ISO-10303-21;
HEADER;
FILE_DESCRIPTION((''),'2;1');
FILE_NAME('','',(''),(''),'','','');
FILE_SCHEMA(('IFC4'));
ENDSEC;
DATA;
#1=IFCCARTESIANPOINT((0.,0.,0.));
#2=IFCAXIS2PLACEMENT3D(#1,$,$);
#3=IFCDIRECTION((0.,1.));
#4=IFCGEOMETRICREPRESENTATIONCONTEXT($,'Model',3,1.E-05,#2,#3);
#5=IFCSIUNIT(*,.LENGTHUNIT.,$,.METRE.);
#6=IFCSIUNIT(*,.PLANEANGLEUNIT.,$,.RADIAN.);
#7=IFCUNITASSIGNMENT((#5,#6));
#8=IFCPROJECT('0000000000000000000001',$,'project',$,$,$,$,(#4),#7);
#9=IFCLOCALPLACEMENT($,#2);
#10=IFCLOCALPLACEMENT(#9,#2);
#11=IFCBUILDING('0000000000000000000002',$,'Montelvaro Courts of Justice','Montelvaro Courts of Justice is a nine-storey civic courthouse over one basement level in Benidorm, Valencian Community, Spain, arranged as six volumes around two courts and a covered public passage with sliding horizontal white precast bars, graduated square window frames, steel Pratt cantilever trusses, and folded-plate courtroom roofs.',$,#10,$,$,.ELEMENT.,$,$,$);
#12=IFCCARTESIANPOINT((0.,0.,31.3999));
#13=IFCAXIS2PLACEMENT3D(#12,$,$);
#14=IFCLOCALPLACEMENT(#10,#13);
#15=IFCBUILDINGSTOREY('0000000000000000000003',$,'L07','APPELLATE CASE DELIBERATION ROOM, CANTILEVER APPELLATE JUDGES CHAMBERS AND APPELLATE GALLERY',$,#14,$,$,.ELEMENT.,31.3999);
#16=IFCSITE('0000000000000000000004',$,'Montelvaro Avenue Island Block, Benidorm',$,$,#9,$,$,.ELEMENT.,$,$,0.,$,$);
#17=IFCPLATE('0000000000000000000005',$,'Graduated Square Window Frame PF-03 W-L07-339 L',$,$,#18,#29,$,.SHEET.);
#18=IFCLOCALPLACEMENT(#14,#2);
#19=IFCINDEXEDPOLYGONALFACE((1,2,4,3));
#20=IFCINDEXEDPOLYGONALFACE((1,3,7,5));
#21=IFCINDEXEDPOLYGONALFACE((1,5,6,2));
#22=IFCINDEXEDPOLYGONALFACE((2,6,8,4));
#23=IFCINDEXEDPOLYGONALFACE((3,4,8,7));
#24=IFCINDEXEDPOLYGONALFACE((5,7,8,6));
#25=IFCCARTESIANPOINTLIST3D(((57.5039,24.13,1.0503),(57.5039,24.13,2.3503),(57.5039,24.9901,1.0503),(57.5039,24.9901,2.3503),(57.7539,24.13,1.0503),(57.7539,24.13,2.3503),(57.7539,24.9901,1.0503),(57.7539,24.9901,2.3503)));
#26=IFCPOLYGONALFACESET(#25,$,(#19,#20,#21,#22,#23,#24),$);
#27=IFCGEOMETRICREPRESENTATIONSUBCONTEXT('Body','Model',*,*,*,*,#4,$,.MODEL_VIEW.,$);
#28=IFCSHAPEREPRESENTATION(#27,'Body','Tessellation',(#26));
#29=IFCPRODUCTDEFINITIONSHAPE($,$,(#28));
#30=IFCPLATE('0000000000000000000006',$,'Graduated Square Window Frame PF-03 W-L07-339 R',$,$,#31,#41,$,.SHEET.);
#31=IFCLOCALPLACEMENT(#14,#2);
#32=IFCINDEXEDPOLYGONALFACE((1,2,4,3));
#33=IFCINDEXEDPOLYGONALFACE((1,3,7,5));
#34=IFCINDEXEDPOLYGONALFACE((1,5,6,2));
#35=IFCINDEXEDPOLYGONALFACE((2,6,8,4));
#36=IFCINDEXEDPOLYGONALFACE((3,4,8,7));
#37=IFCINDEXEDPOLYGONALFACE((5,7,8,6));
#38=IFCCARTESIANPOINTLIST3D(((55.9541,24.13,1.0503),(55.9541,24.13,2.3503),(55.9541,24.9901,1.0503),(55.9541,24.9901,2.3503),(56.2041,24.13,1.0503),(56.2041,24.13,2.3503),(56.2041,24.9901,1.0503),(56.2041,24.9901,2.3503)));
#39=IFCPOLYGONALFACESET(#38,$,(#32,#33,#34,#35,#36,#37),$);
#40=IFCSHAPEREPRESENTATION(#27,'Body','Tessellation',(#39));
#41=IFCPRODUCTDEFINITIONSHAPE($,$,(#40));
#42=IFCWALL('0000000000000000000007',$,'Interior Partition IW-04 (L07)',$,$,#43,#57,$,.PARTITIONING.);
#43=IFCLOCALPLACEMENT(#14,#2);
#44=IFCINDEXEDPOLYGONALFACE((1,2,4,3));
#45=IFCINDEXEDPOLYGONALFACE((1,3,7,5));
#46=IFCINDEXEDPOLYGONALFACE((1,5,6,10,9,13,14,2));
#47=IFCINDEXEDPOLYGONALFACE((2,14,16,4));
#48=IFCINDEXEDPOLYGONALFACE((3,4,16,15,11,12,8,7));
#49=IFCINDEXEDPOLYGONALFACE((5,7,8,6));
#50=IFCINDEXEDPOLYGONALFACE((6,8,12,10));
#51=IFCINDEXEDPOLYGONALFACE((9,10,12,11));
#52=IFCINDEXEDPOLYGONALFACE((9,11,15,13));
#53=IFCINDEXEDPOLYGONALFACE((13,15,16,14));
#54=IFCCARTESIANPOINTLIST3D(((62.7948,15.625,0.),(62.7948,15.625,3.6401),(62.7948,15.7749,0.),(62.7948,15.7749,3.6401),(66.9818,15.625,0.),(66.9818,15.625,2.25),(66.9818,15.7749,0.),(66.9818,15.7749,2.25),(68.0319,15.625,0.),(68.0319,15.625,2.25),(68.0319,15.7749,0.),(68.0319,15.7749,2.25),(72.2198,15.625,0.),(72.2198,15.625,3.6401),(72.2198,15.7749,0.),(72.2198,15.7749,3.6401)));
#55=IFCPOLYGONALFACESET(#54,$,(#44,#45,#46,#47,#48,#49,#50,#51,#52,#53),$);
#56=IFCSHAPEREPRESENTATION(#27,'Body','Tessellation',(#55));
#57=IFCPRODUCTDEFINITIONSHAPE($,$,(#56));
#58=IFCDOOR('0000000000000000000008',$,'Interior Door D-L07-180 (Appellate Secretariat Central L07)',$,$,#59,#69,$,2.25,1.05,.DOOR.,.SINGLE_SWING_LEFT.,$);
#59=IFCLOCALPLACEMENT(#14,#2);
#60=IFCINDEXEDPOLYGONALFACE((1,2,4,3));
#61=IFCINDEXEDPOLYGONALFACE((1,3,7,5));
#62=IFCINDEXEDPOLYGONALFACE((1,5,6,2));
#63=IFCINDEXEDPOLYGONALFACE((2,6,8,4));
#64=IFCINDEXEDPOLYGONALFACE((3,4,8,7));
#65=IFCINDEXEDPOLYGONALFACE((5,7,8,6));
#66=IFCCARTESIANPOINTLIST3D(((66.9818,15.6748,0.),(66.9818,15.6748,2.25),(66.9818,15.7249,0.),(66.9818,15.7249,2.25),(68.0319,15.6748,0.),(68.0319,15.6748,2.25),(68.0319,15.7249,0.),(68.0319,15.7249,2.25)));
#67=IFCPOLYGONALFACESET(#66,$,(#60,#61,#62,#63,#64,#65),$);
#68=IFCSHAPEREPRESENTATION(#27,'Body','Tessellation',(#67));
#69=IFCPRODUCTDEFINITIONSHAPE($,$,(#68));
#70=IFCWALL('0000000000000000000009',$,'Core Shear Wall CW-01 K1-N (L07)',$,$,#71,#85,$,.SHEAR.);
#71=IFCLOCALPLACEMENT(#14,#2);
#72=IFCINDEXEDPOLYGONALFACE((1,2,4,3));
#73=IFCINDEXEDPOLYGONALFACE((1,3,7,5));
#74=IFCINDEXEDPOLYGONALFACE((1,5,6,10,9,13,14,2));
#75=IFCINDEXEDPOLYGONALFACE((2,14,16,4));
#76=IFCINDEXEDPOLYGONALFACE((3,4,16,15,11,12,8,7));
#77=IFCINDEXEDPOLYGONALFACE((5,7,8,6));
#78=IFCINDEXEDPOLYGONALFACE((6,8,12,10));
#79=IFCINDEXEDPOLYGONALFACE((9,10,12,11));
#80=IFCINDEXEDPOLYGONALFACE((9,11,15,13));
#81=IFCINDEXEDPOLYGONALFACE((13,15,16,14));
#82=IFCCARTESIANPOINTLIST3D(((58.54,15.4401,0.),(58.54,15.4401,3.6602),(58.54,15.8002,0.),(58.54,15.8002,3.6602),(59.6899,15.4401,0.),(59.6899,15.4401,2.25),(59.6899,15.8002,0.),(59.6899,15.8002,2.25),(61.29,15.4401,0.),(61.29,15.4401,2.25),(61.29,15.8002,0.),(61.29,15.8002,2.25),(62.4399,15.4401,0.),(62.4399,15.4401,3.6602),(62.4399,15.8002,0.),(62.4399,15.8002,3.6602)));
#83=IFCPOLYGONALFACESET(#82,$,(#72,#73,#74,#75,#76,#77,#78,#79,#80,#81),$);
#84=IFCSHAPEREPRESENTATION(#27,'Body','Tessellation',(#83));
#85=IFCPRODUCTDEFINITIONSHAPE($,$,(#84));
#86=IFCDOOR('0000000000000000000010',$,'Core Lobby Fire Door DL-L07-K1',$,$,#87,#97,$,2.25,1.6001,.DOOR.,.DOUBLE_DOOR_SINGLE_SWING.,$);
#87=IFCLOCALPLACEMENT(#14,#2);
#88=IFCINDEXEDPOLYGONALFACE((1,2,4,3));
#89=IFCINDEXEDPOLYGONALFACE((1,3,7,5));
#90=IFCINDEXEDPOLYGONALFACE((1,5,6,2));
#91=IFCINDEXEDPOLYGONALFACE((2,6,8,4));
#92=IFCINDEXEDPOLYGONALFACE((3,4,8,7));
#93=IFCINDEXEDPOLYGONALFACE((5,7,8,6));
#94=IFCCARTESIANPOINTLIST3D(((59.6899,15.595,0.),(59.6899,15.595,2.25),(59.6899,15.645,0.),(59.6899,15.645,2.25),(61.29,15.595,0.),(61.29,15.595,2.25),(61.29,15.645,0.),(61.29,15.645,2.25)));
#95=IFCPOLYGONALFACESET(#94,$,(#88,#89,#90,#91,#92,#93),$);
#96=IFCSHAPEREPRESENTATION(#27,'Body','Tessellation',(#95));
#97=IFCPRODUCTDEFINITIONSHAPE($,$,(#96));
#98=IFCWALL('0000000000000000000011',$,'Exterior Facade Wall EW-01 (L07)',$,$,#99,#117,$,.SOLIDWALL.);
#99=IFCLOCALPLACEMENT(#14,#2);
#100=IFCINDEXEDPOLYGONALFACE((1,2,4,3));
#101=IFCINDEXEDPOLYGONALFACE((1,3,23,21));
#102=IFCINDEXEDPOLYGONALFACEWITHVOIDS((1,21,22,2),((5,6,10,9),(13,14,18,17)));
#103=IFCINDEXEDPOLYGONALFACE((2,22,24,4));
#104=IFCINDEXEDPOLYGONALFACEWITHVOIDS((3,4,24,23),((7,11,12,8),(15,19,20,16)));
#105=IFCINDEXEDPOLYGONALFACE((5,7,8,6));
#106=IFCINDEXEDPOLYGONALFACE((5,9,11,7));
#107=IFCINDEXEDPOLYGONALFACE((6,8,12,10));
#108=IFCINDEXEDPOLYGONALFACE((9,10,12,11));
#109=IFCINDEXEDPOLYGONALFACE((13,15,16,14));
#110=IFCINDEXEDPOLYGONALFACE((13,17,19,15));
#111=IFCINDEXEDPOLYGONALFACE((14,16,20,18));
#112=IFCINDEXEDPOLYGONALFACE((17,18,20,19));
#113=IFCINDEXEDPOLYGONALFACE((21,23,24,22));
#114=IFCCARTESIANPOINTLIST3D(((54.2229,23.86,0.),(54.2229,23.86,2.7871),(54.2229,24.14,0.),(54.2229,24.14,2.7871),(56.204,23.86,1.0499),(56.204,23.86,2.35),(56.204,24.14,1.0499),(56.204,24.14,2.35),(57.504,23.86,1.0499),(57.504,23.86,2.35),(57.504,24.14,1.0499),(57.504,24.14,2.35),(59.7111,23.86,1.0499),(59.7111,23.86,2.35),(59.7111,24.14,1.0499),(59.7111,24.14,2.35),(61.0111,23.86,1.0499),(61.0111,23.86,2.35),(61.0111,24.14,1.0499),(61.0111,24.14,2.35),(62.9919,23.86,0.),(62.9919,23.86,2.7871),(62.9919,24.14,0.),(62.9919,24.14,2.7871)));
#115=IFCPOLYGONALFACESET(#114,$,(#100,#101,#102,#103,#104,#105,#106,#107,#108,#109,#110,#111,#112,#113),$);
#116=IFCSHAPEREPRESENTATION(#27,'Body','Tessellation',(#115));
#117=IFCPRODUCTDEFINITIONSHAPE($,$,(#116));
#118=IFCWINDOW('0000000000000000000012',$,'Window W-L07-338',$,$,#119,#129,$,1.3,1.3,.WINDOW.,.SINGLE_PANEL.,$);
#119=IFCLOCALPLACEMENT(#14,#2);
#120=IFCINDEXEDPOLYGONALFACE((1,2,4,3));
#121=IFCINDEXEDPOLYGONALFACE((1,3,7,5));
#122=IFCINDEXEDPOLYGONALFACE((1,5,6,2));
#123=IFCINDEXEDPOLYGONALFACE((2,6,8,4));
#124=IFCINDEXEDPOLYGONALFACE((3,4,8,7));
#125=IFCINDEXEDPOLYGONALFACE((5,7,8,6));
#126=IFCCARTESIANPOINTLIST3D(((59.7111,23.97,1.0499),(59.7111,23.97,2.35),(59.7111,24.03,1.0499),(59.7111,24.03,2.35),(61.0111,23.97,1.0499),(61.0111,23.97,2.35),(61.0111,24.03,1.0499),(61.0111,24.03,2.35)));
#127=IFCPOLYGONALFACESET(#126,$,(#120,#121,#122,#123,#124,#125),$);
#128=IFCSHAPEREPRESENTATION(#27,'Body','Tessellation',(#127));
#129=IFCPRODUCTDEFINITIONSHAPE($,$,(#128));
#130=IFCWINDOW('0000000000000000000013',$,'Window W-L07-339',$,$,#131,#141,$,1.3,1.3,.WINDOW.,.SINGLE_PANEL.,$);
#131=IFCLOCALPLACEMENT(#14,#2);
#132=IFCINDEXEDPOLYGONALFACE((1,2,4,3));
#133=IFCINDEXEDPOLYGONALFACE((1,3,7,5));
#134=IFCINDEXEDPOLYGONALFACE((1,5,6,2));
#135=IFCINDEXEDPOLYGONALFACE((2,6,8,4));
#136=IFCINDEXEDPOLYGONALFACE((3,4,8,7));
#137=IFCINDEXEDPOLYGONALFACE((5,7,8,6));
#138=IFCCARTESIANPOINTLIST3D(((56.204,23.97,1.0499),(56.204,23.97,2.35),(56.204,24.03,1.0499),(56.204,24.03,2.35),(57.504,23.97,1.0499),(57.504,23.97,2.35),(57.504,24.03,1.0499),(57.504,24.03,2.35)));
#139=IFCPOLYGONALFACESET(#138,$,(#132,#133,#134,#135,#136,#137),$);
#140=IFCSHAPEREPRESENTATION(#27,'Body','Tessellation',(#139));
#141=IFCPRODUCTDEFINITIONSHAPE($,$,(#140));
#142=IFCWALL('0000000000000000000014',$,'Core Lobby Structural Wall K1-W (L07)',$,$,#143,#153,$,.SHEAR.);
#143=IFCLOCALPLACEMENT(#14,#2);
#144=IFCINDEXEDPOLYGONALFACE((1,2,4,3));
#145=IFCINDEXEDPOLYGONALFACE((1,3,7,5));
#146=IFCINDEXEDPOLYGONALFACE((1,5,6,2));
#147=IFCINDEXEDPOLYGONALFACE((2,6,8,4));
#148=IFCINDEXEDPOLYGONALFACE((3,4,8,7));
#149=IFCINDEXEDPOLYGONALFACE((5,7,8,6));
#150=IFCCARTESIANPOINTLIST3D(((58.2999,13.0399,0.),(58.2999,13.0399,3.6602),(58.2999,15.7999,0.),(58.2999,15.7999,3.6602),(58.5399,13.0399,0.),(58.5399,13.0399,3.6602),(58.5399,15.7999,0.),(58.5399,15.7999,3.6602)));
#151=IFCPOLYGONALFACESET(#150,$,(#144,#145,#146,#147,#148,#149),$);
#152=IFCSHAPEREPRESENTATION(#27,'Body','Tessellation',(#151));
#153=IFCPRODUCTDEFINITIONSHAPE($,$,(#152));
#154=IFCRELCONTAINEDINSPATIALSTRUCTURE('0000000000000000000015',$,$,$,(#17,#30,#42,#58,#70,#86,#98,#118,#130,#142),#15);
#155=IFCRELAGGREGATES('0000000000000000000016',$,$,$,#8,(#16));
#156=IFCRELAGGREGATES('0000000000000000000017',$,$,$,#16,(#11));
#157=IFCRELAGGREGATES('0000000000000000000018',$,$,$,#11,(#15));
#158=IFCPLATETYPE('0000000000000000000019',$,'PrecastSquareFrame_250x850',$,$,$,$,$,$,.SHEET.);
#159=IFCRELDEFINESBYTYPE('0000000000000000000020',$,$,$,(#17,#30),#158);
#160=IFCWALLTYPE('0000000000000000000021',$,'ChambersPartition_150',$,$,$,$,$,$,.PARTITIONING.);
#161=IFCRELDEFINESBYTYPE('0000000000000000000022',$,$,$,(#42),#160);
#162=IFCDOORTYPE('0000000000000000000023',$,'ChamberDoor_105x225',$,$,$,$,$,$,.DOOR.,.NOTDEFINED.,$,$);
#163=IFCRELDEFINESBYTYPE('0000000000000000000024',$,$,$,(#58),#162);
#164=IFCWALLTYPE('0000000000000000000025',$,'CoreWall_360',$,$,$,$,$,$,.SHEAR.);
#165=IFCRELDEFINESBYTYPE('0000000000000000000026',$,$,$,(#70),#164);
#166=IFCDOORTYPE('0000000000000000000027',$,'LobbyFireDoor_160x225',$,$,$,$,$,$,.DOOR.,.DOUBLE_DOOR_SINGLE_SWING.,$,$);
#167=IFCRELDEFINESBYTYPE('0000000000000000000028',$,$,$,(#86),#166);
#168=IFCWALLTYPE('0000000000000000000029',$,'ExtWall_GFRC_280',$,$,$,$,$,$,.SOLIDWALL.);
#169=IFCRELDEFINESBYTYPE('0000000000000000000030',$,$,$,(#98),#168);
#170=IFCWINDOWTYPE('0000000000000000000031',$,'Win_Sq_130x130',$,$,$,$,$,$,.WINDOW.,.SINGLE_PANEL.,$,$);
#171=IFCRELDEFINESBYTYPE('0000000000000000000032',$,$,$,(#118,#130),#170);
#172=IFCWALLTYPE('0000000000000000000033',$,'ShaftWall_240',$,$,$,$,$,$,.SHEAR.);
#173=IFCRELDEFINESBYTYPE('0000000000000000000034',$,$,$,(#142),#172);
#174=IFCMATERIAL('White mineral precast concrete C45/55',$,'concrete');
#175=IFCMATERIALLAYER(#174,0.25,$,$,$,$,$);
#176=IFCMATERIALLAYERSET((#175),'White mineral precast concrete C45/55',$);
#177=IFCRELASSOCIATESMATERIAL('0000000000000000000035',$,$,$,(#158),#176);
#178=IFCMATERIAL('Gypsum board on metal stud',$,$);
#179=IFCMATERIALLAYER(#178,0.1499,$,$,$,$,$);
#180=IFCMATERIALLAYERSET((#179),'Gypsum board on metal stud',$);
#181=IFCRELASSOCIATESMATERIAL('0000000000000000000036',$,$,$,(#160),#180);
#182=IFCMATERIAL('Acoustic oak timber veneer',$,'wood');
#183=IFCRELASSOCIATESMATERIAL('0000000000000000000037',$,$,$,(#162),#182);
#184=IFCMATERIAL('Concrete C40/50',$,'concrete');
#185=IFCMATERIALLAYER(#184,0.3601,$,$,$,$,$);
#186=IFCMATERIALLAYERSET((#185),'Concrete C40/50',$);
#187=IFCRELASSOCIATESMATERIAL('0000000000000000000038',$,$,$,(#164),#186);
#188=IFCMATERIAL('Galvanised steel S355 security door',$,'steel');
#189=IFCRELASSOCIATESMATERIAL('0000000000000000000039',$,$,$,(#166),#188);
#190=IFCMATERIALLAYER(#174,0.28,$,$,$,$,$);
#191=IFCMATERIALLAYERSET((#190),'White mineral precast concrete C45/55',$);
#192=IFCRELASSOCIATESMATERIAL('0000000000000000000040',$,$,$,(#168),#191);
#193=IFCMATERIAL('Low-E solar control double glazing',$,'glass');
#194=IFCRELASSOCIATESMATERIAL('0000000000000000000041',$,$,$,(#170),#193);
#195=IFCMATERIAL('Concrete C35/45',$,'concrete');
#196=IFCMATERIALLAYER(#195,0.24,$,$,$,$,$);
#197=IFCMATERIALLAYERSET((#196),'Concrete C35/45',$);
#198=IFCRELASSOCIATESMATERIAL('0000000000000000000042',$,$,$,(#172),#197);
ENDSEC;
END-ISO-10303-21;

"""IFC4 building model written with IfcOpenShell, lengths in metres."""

from ifc_helpers import new_model, si_unit, direction, frame, frame_2d, origin, origin_2d, place, context, subcontext, project, spatial, rectangle, extrude, material, layer, layer_set, type_object, element, fill, save


model = new_model("IFC4")

# Units and contexts
model_context = context("Model", 3, precision=1e-05, world=origin(), true_north=direction((0.0, 1.0)))
body_context = subcontext(model_context, "Body", "Model", "MODEL_VIEW")
ifc_project = project(units=[si_unit("LENGTHUNIT", "METRE"), si_unit("PLANEANGLEUNIT", "RADIAN")], contexts=[model_context])

# Site, building, storey
site_placement = place(None, origin())
site = spatial("IfcSite", under=ifc_project, at=site_placement, Name="Montelvaro Avenue Island Block, Benidorm", CompositionType="ELEMENT", RefElevation=0.0)
building_placement = place(site_placement, origin())
building = spatial("IfcBuilding", under=site, at=building_placement, Name="Montelvaro Courts of Justice", Description="Montelvaro Courts of Justice is a nine-storey civic courthouse over one basement level in Benidorm, Valencian Community, Spain, arranged as six volumes around two courts and a covered public passage with sliding horizontal white precast bars, graduated square window frames, steel Pratt cantilever trusses, and folded-plate courtroom roofs.", CompositionType="ELEMENT")
storey_placement = place(building_placement, frame((0.0, 0.0, 31.3999)))
storey = spatial("IfcBuildingStorey", under=building, at=storey_placement, Name="L07", Description="APPELLATE CASE DELIBERATION ROOM, CANTILEVER APPELLATE JUDGES CHAMBERS AND APPELLATE GALLERY", CompositionType="ELEMENT", Elevation=31.3999)

# Plates
ifc_material_1 = material(Name="White mineral precast concrete C45/55", Category="concrete")
ifc_layer_1 = layer(ifc_material_1, 0.25)
ifc_layer_set_1 = layer_set([ifc_layer_1], Name="White mineral precast concrete C45/55")
plate_type_1 = type_object("IfcPlateType", Name="PrecastSquareFrame_250x850", PredefinedType="SHEET", material=ifc_layer_set_1)
for number, where, z_axis, x_axis, name in (
    (1, (57.6289, 24.5601, 1.0503), (0.0, 0.0, 1.0), (-1.0, 0.0, 0.0), "Graduated Square Window Frame PF-03 W-L07-339 L"),
    (2, (56.0791, 24.5601, 1.0503), (0.0, 0.0, 1.0), (-1.0, 0.0, 0.0), "Graduated Square Window Frame PF-03 W-L07-339 R"),
):
    element("IfcPlate", number, at=place(storey_placement, frame(where, z_axis=z_axis, x_axis=x_axis)), inside=storey, type_object=plate_type_1, Name=name, PredefinedType="SHEET", context=body_context, shape_type="SweptSolid", body=[
        extrude(rectangle(XDim=0.25, YDim=0.8601, at=origin_2d()), origin(), (0.0, 0.0, 1.0), 1.3),
    ])

# Walls, openings, doors
ifc_material_2 = material(Name="Gypsum board on metal stud")
ifc_layer_2 = layer(ifc_material_2, 0.1499)
ifc_layer_set_2 = layer_set([ifc_layer_2], Name="Gypsum board on metal stud")
wall_type_1 = type_object("IfcWallType", Name="ChambersPartition_150", PredefinedType="PARTITIONING", material=ifc_layer_set_2)
wall_1_placement = place(storey_placement, frame((62.7949, 15.7, 0.0), z_axis=(0.0, 0.0, 1.0), x_axis=(1.0, 0.0, 0.0)))
wall_1 = element("IfcWall", 3, at=wall_1_placement, inside=storey, type_object=wall_type_1, Name="Interior Partition IW-04 (L07)", PredefinedType="PARTITIONING", context=body_context, shape_type="SweptSolid", body=[
    extrude(rectangle(XDim=9.425, YDim=0.1499, at=frame_2d((4.7124, 0.0))), origin(), (0.0, 0.0, 1.0), 3.6401),
])
opening_1_placement = place(wall_1_placement, frame((4.187, 0.0, 0.0)))
opening_1 = element("IfcOpeningElement", 4, at=opening_1_placement, cuts=wall_1, PredefinedType="OPENING", context=body_context, shape_type="SweptSolid", body=[
    extrude(rectangle(XDim=1.05, YDim=2.25, at=frame_2d((0.5249, 1.125))), frame((0.0, 0.0898, 0.0), z_axis=(0.0, -1.0, 0.0), x_axis=(1.0, 0.0, 0.0)), (0.0, 0.0, 1.0), 0.1797),
])
ifc_material_3 = material(Name="Acoustic oak timber veneer", Category="wood")
door_type_1 = type_object("IfcDoorType", Name="ChamberDoor_105x225", OperationType="NOTDEFINED", PredefinedType="DOOR", material=ifc_material_3)
door_1_placement = place(opening_1_placement, origin())
door_1 = element("IfcDoor", 5, at=door_1_placement, inside=storey, type_object=door_type_1, Name="Interior Door D-L07-180 (Appellate Secretariat Central L07)", OperationType="SINGLE_SWING_LEFT", OverallHeight=2.25, OverallWidth=1.05, PredefinedType="DOOR", context=body_context, shape_type="SweptSolid", body=[
    extrude(rectangle(XDim=1.05, YDim=2.25, at=frame_2d((0.5249, 1.125))), frame((0.0, 0.0249, 0.0), z_axis=(0.0, -1.0, 0.0), x_axis=(1.0, 0.0, 0.0)), (0.0, 0.0, 1.0), 0.05),
])
fill(opening_1, door_1)
ifc_material_4 = material(Name="Concrete C40/50", Category="concrete")
ifc_layer_3 = layer(ifc_material_4, 0.3601)
ifc_layer_set_3 = layer_set([ifc_layer_3], Name="Concrete C40/50")
wall_type_2 = type_object("IfcWallType", Name="CoreWall_360", PredefinedType="SHEAR", material=ifc_layer_set_3)
wall_2_placement = place(storey_placement, frame((58.54, 15.6201, 0.0), z_axis=(0.0, 0.0, 1.0), x_axis=(1.0, 0.0, 0.0)))
wall_2 = element("IfcWall", 6, at=wall_2_placement, inside=storey, type_object=wall_type_2, Name="Core Shear Wall CW-01 K1-N (L07)", PredefinedType="SHEAR", context=body_context, shape_type="SweptSolid", body=[
    extrude(rectangle(XDim=3.8999, YDim=0.3601, at=frame_2d((1.95, 0.0))), origin(), (0.0, 0.0, 1.0), 3.6602),
])
opening_2_placement = place(wall_2_placement, frame((1.1499, 0.0, 0.0)))
opening_2 = element("IfcOpeningElement", 7, at=opening_2_placement, cuts=wall_2, PredefinedType="OPENING", context=body_context, shape_type="SweptSolid", body=[
    extrude(rectangle(XDim=1.6001, YDim=2.25, at=frame_2d((0.8, 1.125))), frame((0.0, 0.1948, 0.0), z_axis=(0.0, -1.0, 0.0), x_axis=(1.0, 0.0, 0.0)), (0.0, 0.0, 1.0), 0.3899),
])
ifc_material_5 = material(Name="Galvanised steel S355 security door", Category="steel")
door_type_2 = type_object("IfcDoorType", Name="LobbyFireDoor_160x225", OperationType="DOUBLE_DOOR_SINGLE_SWING", PredefinedType="DOOR", material=ifc_material_5)
door_2_placement = place(opening_2_placement, origin())
door_2 = element("IfcDoor", 8, at=door_2_placement, inside=storey, type_object=door_type_2, Name="Core Lobby Fire Door DL-L07-K1", OperationType="DOUBLE_DOOR_SINGLE_SWING", OverallHeight=2.25, OverallWidth=1.6001, PredefinedType="DOOR", context=body_context, shape_type="SweptSolid", body=[
    extrude(rectangle(XDim=1.6001, YDim=2.25, at=frame_2d((0.8, 1.125))), frame((0.0, 0.0249, 0.0), z_axis=(0.0, -1.0, 0.0), x_axis=(1.0, 0.0, 0.0)), (0.0, 0.0, 1.0), 0.05),
])
fill(opening_2, door_2)

# Wall, openings, windows
ifc_layer_4 = layer(ifc_material_1, 0.28)
ifc_layer_set_4 = layer_set([ifc_layer_4], Name="White mineral precast concrete C45/55")
wall_type_3 = type_object("IfcWallType", Name="ExtWall_GFRC_280", PredefinedType="SOLIDWALL", material=ifc_layer_set_4)
wall_3_placement = place(storey_placement, frame((62.9919, 24.0, 0.0), z_axis=(0.0, 0.0, 1.0), x_axis=(-1.0, 0.0, 0.0)))
wall_3 = element("IfcWall", 9, at=wall_3_placement, inside=storey, type_object=wall_type_3, Name="Exterior Facade Wall EW-01 (L07)", PredefinedType="SOLIDWALL", context=body_context, shape_type="SweptSolid", body=[
    extrude(rectangle(XDim=8.769, YDim=0.28, at=frame_2d((4.3845, 0.0))), origin(), (0.0, 0.0, 1.0), 2.7871),
])
opening_3_placement = place(wall_3_placement, frame((1.981, 0.0, 1.05)))
opening_3 = element("IfcOpeningElement", 10, at=opening_3_placement, cuts=wall_3, PredefinedType="OPENING", context=body_context, shape_type="SweptSolid", body=[
    extrude(rectangle(XDim=1.3, YDim=1.3, at=frame_2d((0.6499, 0.6499))), frame((0.0, 0.1548, 0.0), z_axis=(0.0, -1.0, 0.0), x_axis=(1.0, 0.0, 0.0)), (0.0, 0.0, 1.0), 0.3098),
])
opening_4_placement = place(wall_3_placement, frame((5.488, 0.0, 1.05)))
opening_4 = element("IfcOpeningElement", 11, at=opening_4_placement, cuts=wall_3, PredefinedType="OPENING", context=body_context, shape_type="SweptSolid", body=[
    extrude(rectangle(XDim=1.3, YDim=1.3, at=frame_2d((0.6499, 0.6499))), frame((0.0, 0.1548, 0.0), z_axis=(0.0, -1.0, 0.0), x_axis=(1.0, 0.0, 0.0)), (0.0, 0.0, 1.0), 0.3098),
])
ifc_material_6 = material(Name="Low-E solar control double glazing", Category="glass")
window_type = type_object("IfcWindowType", Name="Win_Sq_130x130", PartitioningType="SINGLE_PANEL", PredefinedType="WINDOW", material=ifc_material_6)
window_1_placement = place(opening_3_placement, origin())
window_1 = element("IfcWindow", 12, at=window_1_placement, inside=storey, type_object=window_type, Name="Window W-L07-338", OverallHeight=1.3, OverallWidth=1.3, PartitioningType="SINGLE_PANEL", PredefinedType="WINDOW", context=body_context, shape_type="SweptSolid", body=[
    extrude(rectangle(XDim=1.3, YDim=1.3, at=frame_2d((0.6499, 0.6499))), frame((0.0, 0.03, 0.0), z_axis=(0.0, -1.0, 0.0), x_axis=(1.0, 0.0, 0.0)), (0.0, 0.0, 1.0), 0.0601),
])
fill(opening_3, window_1)
window_2_placement = place(opening_4_placement, origin())
window_2 = element("IfcWindow", 13, at=window_2_placement, inside=storey, type_object=window_type, Name="Window W-L07-339", OverallHeight=1.3, OverallWidth=1.3, PartitioningType="SINGLE_PANEL", PredefinedType="WINDOW", context=body_context, shape_type="SweptSolid", body=[
    extrude(rectangle(XDim=1.3, YDim=1.3, at=frame_2d((0.6499, 0.6499))), frame((0.0, 0.03, 0.0), z_axis=(0.0, -1.0, 0.0), x_axis=(1.0, 0.0, 0.0)), (0.0, 0.0, 1.0), 0.0601),
])
fill(opening_4, window_2)

# Wall
ifc_material_7 = material(Name="Concrete C35/45", Category="concrete")
ifc_layer_5 = layer(ifc_material_7, 0.24)
ifc_layer_set_5 = layer_set([ifc_layer_5], Name="Concrete C35/45")
wall_type_4 = type_object("IfcWallType", Name="ShaftWall_240", PredefinedType="SHEAR", material=ifc_layer_set_5)
wall_4_placement = place(storey_placement, frame((58.4199, 13.04, 0.0), z_axis=(0.0, 0.0, 1.0), x_axis=(0.0, 1.0, 0.0)))
element("IfcWall", 14, at=wall_4_placement, inside=storey, type_object=wall_type_4, Name="Core Lobby Structural Wall K1-W (L07)", PredefinedType="SHEAR", context=body_context, shape_type="SweptSolid", body=[
    extrude(rectangle(XDim=2.76, YDim=0.24, at=frame_2d((1.3799, 0.0))), origin(), (0.0, 0.0, 1.0), 3.6602),
])

save(model, "model.ifc")
